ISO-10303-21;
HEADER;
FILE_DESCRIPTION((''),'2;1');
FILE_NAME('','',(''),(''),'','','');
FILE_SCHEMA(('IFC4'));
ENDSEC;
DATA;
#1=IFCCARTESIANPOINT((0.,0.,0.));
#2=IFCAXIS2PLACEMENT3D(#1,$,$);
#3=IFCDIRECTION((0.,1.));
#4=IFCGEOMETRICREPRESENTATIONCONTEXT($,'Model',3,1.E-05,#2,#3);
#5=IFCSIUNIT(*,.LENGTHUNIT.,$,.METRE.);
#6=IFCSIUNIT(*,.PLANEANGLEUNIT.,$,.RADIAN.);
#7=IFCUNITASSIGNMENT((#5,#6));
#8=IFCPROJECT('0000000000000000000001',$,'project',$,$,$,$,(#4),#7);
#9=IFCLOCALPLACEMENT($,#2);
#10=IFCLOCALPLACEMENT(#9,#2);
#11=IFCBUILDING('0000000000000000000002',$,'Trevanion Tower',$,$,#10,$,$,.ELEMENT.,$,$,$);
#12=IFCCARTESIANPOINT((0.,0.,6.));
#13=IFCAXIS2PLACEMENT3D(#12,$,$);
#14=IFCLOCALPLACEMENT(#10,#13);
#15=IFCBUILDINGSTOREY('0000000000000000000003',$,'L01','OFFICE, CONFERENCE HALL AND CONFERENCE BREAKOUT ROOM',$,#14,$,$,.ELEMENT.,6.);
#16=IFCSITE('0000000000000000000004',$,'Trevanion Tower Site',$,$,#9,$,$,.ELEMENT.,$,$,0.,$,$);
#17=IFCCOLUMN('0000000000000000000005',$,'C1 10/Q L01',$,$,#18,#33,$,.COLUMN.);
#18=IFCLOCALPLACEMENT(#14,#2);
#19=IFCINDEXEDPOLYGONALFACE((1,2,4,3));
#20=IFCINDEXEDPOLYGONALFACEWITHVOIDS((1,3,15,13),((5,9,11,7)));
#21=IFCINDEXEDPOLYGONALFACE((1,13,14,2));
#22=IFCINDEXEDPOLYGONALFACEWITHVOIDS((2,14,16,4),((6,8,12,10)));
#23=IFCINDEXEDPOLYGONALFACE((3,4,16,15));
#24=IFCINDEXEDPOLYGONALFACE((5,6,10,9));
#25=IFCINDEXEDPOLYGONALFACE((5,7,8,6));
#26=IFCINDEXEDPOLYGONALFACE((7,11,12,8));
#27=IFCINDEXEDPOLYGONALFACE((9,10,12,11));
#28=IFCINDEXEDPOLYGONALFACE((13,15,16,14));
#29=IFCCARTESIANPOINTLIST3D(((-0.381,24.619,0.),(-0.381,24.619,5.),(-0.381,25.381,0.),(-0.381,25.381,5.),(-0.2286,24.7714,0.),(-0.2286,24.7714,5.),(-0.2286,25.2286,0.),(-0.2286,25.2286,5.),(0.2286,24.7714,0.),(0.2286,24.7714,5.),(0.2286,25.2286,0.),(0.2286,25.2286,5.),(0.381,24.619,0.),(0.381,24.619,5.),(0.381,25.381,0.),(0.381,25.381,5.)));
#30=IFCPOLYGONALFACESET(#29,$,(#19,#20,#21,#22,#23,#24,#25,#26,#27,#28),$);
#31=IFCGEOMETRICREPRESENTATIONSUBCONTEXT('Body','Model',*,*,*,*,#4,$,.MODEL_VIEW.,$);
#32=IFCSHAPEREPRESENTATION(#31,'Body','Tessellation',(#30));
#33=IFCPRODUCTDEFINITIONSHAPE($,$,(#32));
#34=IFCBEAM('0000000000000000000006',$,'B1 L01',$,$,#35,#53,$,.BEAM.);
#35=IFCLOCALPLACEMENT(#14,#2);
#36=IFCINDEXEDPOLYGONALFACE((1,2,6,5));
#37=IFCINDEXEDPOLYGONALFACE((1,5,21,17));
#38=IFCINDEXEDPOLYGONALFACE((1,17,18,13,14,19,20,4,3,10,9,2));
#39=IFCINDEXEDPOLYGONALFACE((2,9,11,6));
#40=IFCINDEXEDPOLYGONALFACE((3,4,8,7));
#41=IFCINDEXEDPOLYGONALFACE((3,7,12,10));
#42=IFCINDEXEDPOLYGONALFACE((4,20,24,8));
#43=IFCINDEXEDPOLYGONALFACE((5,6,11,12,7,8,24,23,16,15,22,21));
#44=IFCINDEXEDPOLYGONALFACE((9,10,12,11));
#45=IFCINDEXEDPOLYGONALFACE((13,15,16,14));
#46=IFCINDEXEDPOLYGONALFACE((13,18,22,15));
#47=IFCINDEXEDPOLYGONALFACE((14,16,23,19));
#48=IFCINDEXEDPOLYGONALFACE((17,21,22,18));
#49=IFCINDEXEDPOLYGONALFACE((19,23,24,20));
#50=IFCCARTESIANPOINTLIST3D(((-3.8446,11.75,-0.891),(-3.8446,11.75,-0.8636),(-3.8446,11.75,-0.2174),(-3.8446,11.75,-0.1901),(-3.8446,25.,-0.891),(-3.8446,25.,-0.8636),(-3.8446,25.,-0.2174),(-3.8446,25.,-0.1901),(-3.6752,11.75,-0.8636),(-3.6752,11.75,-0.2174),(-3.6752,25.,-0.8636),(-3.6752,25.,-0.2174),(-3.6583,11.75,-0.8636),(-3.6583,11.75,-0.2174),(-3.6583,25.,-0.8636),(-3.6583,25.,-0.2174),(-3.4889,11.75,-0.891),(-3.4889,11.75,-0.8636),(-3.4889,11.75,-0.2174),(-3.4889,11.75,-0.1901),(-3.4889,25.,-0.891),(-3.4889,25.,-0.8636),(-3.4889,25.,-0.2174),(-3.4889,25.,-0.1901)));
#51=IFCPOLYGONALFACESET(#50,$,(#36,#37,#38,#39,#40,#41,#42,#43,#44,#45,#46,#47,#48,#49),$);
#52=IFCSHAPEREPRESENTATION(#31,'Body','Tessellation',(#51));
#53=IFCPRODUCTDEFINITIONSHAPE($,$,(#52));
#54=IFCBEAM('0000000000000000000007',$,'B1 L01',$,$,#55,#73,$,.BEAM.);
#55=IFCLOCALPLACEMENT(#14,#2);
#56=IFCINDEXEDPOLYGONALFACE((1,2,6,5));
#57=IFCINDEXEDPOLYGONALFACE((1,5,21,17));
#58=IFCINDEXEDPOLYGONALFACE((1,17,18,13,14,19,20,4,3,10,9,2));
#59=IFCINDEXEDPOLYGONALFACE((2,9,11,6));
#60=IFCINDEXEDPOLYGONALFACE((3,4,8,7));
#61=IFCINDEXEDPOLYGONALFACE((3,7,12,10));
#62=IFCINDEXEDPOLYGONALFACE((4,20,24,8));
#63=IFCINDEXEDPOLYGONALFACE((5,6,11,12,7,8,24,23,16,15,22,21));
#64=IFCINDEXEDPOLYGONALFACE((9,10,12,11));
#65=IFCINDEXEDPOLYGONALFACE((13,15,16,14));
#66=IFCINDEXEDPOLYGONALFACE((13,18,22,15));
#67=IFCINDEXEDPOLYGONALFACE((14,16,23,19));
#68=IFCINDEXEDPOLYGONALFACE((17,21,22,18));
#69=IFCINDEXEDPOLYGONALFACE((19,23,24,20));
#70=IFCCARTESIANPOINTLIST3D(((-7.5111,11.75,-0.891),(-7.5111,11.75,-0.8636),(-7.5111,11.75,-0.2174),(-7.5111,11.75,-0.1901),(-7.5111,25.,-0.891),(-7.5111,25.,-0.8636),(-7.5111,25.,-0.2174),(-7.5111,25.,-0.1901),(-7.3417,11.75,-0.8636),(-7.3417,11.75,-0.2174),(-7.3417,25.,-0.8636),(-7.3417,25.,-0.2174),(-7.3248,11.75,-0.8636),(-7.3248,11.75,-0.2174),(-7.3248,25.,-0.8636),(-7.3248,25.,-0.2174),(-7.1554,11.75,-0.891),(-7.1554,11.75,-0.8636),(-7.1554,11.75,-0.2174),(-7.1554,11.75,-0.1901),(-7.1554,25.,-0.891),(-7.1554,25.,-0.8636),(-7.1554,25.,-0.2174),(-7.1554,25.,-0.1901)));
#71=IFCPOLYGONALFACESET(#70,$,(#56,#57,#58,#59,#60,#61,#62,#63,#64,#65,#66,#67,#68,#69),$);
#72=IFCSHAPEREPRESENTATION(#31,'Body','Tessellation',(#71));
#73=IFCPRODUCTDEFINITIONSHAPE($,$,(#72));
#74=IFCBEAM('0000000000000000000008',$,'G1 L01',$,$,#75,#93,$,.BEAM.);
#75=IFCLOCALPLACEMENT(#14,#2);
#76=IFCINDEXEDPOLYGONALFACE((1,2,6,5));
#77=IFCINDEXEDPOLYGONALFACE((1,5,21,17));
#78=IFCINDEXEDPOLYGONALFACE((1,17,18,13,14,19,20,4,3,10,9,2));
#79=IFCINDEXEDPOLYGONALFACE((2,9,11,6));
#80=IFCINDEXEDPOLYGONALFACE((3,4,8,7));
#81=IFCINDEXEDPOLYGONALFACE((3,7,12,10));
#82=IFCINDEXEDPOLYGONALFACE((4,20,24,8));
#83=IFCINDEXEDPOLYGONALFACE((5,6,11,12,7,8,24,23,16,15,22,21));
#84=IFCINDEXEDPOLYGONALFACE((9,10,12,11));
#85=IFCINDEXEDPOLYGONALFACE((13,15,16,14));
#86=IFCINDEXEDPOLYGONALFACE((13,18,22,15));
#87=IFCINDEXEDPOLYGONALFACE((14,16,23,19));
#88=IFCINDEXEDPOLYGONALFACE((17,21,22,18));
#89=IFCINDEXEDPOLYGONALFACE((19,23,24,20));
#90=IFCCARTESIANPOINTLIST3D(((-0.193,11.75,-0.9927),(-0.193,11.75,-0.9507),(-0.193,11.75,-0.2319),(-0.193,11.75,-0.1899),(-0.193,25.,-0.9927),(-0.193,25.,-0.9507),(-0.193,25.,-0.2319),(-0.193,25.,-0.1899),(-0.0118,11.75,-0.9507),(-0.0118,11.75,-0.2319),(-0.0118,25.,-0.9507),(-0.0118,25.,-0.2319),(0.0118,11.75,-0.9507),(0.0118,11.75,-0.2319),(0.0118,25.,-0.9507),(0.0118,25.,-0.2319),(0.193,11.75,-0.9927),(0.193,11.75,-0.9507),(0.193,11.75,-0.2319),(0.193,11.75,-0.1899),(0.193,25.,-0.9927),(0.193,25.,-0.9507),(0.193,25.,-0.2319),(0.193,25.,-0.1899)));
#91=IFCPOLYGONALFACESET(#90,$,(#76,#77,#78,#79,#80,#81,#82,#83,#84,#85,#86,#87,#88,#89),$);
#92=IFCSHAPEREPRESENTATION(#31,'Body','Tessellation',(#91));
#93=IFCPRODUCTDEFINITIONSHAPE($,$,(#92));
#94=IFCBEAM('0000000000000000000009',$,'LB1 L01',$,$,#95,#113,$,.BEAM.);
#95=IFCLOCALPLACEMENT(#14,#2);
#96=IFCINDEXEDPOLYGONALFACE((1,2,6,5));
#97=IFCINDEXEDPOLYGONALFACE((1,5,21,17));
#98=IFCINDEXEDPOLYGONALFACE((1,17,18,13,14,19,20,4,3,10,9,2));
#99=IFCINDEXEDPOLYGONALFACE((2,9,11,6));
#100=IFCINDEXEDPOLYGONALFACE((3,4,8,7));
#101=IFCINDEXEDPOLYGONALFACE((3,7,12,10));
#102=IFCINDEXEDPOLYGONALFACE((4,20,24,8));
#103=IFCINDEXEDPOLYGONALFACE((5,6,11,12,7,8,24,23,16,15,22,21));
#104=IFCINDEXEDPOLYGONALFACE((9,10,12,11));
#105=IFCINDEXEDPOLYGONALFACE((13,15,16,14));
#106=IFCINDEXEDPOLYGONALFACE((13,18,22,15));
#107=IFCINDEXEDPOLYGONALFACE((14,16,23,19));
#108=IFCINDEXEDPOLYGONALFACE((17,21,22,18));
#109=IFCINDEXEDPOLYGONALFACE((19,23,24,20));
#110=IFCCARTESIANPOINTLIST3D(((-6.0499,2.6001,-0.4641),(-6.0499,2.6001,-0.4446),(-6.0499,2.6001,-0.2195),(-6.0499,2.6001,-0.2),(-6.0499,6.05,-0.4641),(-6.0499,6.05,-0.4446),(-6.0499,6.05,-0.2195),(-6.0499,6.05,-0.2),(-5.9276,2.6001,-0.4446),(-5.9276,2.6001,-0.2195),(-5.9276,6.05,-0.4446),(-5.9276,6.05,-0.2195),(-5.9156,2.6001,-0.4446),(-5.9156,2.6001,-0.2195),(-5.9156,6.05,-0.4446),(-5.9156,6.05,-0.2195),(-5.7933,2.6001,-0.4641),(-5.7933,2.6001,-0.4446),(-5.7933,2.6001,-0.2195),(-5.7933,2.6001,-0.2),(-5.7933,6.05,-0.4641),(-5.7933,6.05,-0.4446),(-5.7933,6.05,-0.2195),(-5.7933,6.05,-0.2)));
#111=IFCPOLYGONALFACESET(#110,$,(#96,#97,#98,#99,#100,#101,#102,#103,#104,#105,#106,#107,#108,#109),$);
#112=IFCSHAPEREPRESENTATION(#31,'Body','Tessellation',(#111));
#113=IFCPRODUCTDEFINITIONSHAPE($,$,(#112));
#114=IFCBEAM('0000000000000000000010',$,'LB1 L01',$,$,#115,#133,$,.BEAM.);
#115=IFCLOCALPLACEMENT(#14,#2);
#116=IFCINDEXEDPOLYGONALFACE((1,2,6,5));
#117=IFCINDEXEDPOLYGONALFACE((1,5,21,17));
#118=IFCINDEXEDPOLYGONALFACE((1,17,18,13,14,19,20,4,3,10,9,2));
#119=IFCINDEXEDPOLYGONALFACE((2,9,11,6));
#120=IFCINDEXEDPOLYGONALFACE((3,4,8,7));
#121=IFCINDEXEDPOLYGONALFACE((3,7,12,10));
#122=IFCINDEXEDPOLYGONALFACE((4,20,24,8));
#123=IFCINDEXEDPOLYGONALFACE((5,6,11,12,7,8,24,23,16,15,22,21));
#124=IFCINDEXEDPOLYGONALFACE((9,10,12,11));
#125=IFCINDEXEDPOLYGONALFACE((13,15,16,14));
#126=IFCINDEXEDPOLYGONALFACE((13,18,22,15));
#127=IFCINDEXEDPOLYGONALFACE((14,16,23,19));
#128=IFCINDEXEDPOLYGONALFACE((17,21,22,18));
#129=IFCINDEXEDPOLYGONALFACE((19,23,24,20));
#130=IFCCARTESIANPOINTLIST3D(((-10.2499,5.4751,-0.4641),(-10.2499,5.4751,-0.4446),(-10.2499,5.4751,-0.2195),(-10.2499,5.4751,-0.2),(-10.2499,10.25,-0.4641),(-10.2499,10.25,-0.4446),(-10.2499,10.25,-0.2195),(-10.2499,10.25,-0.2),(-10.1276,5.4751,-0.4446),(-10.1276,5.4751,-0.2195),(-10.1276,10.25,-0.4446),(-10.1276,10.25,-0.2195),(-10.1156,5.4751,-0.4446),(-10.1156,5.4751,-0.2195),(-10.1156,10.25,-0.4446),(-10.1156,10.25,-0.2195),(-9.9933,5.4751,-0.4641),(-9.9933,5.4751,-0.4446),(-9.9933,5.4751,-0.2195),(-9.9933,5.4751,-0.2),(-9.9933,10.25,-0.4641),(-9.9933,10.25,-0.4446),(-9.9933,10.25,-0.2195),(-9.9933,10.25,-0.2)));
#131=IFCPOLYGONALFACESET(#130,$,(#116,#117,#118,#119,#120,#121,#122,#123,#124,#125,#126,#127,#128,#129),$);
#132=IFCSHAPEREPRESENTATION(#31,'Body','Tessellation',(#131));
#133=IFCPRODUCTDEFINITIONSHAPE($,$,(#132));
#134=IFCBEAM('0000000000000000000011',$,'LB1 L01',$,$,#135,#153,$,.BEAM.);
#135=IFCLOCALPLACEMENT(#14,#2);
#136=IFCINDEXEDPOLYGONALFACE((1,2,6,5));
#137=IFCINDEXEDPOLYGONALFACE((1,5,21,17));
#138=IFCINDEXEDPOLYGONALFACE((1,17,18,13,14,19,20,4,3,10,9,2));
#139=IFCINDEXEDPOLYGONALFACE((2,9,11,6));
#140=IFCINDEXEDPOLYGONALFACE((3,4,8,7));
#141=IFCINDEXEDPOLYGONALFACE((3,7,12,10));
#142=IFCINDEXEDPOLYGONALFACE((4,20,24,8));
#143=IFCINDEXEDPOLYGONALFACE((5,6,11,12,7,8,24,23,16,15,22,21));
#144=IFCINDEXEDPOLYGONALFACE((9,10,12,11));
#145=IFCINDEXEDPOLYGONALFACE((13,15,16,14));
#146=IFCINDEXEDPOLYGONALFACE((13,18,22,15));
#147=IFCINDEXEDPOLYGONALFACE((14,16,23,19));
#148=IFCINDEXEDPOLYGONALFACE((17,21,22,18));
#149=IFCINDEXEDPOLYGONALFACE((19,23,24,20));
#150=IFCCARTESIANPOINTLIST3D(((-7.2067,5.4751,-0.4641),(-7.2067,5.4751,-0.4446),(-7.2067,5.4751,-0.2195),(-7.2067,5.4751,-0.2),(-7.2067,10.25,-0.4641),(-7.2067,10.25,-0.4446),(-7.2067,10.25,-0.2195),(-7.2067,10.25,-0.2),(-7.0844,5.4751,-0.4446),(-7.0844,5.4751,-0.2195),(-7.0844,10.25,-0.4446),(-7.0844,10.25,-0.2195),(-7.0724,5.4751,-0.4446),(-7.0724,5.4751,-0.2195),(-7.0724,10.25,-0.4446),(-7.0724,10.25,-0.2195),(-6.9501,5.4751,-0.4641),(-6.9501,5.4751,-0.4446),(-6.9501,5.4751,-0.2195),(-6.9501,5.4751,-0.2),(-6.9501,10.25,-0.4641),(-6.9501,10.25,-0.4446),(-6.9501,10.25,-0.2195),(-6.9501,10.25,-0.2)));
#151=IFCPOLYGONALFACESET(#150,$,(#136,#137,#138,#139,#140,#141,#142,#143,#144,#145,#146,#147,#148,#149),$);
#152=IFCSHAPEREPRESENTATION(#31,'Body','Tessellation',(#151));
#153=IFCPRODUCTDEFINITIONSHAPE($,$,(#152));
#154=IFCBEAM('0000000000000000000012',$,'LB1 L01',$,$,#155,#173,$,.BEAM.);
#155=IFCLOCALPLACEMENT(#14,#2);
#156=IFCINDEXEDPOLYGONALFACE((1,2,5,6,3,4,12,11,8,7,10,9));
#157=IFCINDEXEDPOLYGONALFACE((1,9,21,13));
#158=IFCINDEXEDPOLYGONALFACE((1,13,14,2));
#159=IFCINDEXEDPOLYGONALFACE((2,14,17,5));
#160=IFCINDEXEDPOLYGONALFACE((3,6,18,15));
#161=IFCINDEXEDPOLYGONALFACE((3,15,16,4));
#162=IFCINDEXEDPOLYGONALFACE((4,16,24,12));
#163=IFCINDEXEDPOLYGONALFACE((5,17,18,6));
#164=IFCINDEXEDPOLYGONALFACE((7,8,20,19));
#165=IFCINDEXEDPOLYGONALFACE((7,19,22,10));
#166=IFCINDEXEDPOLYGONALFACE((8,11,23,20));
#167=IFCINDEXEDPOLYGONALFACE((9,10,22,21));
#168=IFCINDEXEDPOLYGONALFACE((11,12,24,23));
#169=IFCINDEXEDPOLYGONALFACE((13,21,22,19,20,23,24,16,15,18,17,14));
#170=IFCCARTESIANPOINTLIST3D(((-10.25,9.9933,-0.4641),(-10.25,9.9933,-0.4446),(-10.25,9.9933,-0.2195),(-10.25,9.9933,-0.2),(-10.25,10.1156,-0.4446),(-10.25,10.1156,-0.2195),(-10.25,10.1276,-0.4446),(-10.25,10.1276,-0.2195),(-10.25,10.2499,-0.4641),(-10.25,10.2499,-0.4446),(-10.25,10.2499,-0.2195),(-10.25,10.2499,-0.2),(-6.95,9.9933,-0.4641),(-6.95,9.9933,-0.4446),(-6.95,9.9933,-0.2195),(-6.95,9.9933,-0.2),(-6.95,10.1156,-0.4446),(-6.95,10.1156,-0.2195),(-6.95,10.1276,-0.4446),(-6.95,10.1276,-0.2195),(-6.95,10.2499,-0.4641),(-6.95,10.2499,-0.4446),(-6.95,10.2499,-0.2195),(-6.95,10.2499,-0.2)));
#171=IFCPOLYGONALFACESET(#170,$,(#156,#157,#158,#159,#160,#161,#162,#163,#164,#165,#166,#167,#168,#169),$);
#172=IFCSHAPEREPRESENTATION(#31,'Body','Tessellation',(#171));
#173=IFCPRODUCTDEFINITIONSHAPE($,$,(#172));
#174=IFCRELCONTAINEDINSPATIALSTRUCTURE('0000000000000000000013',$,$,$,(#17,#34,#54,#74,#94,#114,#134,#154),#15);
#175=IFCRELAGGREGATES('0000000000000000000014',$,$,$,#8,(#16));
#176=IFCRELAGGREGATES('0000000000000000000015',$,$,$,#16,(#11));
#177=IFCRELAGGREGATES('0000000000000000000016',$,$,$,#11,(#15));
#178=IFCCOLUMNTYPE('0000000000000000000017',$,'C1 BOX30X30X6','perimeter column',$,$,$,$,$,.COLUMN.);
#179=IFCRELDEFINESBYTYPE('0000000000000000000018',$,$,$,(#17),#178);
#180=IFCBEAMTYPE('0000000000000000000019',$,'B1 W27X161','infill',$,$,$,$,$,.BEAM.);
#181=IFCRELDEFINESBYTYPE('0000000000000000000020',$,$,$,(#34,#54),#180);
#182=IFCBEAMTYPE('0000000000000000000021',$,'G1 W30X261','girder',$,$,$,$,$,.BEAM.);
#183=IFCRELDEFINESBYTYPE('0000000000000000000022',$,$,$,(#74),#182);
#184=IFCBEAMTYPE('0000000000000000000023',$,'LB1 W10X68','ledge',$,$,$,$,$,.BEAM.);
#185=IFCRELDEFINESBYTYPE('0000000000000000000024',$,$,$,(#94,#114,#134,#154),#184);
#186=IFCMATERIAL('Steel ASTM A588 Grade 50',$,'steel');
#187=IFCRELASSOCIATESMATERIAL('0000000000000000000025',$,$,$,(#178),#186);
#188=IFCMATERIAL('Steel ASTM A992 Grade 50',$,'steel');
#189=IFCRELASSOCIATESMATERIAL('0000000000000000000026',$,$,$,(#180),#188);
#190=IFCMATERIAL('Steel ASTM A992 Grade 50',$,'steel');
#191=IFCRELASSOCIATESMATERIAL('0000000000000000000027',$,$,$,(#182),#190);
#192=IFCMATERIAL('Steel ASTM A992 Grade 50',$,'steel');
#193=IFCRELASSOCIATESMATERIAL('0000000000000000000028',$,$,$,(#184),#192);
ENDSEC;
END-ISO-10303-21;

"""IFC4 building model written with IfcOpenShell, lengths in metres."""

from ifc_helpers import new_model, si_unit, direction, frame, origin, origin_2d, place, context, subcontext, project, spatial, hollow_rectangle, i_section, extrude, material, material_profile, profile_set, type_object, element, save


model = new_model("IFC4")

# Units and contexts
model_context = context("Model", 3, precision=1e-05, world=origin(), true_north=direction((0.0, 1.0)))
body_context = subcontext(model_context, "Body", "Model", "MODEL_VIEW")
ifc_project = project(units=[si_unit("LENGTHUNIT", "METRE"), si_unit("PLANEANGLEUNIT", "RADIAN")], contexts=[model_context])

# Site, building, storey
site_placement = place(None, origin())
site = spatial("IfcSite", under=ifc_project, at=site_placement, Name="Trevanion Tower Site", CompositionType="ELEMENT", RefElevation=0.0)
building_placement = place(site_placement, origin())
building = spatial("IfcBuilding", under=site, at=building_placement, Name="Trevanion Tower", CompositionType="ELEMENT")
storey_placement = place(building_placement, frame((0.0, 0.0, 6.0)))
storey = spatial("IfcBuildingStorey", under=building, at=storey_placement, Name="L01", Description="OFFICE, CONFERENCE HALL AND CONFERENCE BREAKOUT ROOM", CompositionType="ELEMENT", Elevation=6.0)

# Column
ifc_material_1 = material(Name="Steel ASTM A588 Grade 50", Category="steel")
ifc_material_profile_1 = material_profile(ifc_material_1, hollow_rectangle(XDim=0.762, YDim=0.762, WallThickness=0.1523, at=origin_2d()), Name="BOX30X30X6")
ifc_profile_set_1 = profile_set([ifc_material_profile_1], Name="Steel ASTM A588 Grade 50")
column_type = type_object("IfcColumnType", Name="C1 BOX30X30X6", Description="perimeter column", PredefinedType="COLUMN", material=ifc_profile_set_1)
column_placement = place(storey_placement, frame((0.0, 25.0, 0.0), z_axis=(0.0, 0.0, 1.0), x_axis=(1.0, 0.0, 0.0)))
element("IfcColumn", 1, at=column_placement, inside=storey, type_object=column_type, Name="C1 10/Q L01", PredefinedType="COLUMN", context=body_context, shape_type="SweptSolid", body=[
    extrude(hollow_rectangle(XDim=0.762, YDim=0.762, WallThickness=0.1523, at=origin_2d()), origin(), (0.0, 0.0, 1.0), 5.0),
])

# Beams
ifc_material_2 = material(Name="Steel ASTM A992 Grade 50", Category="steel")
ifc_material_profile_2 = material_profile(ifc_material_2, i_section(OverallWidth=0.3557, OverallDepth=0.7009, WebThickness=0.0168, FlangeThickness=0.0273, at=origin_2d()), Name="W27X161")
ifc_profile_set_2 = profile_set([ifc_material_profile_2], Name="Steel ASTM A992 Grade 50")
beam_type_1 = type_object("IfcBeamType", Name="B1 W27X161", Description="infill", PredefinedType="BEAM", material=ifc_profile_set_2)
for number, where, z_axis, x_axis, name in (
    (2, (-3.6667, 11.75, -0.5405), (0.0, 1.0, 0.0), (-1.0, 0.0, 0.0), "B1 L01"),
    (3, (-7.3333, 11.75, -0.5405), (0.0, 1.0, 0.0), (-1.0, 0.0, 0.0), "B1 L01"),
):
    element("IfcBeam", number, at=place(storey_placement, frame(where, z_axis=z_axis, x_axis=x_axis)), inside=storey, type_object=beam_type_1, Name=name, PredefinedType="BEAM", context=body_context, shape_type="SweptSolid", body=[
        extrude(i_section(OverallWidth=0.3557, OverallDepth=0.7009, WebThickness=0.0168, FlangeThickness=0.0273, at=origin_2d()), origin(), (0.0, 0.0, 1.0), 13.25),
    ])
ifc_material_3 = material(Name="Steel ASTM A992 Grade 50", Category="steel")
ifc_material_profile_3 = material_profile(ifc_material_3, i_section(OverallWidth=0.386, OverallDepth=0.8027, WebThickness=0.0237, FlangeThickness=0.042, at=origin_2d()), Name="W30X261")
ifc_profile_set_3 = profile_set([ifc_material_profile_3], Name="Steel ASTM A992 Grade 50")
beam_type_2 = type_object("IfcBeamType", Name="G1 W30X261", Description="girder", PredefinedType="BEAM", material=ifc_profile_set_3)
beam_1_placement = place(storey_placement, frame((0.0, 11.75, -0.5913), z_axis=(0.0, 1.0, 0.0), x_axis=(-1.0, 0.0, 0.0)))
element("IfcBeam", 4, at=beam_1_placement, inside=storey, type_object=beam_type_2, Name="G1 L01", PredefinedType="BEAM", context=body_context, shape_type="SweptSolid", body=[
    extrude(i_section(OverallWidth=0.386, OverallDepth=0.8027, WebThickness=0.0237, FlangeThickness=0.042, at=origin_2d()), origin(), (0.0, 0.0, 1.0), 13.25),
])
ifc_material_4 = material(Name="Steel ASTM A992 Grade 50", Category="steel")
ifc_material_profile_4 = material_profile(ifc_material_4, i_section(OverallWidth=0.2566, OverallDepth=0.2642, WebThickness=0.012, FlangeThickness=0.0195, at=origin_2d()), Name="W10X68")
ifc_profile_set_4 = profile_set([ifc_material_profile_4], Name="Steel ASTM A992 Grade 50")
beam_type_3 = type_object("IfcBeamType", Name="LB1 W10X68", Description="ledge", PredefinedType="BEAM", material=ifc_profile_set_4)
beam_2_placement = place(storey_placement, frame((-5.9216, 2.6001, -0.332), z_axis=(0.0, 1.0, 0.0), x_axis=(-1.0, 0.0, 0.0)))
element("IfcBeam", 5, at=beam_2_placement, inside=storey, type_object=beam_type_3, Name="LB1 L01", PredefinedType="BEAM", context=body_context, shape_type="SweptSolid", body=[
    extrude(i_section(OverallWidth=0.2566, OverallDepth=0.2642, WebThickness=0.012, FlangeThickness=0.0195, at=origin_2d()), origin(), (0.0, 0.0, 1.0), 3.45),
])
for number, where, z_axis, x_axis, name in (
    (6, (-10.1216, 5.4751, -0.332), (0.0, 1.0, 0.0), (-1.0, 0.0, 0.0), "LB1 L01"),
    (7, (-7.0784, 5.4751, -0.332), (0.0, 1.0, 0.0), (-1.0, 0.0, 0.0), "LB1 L01"),
):
    element("IfcBeam", number, at=place(storey_placement, frame(where, z_axis=z_axis, x_axis=x_axis)), inside=storey, type_object=beam_type_3, Name=name, PredefinedType="BEAM", context=body_context, shape_type="SweptSolid", body=[
        extrude(i_section(OverallWidth=0.2566, OverallDepth=0.2642, WebThickness=0.012, FlangeThickness=0.0195, at=origin_2d()), origin(), (0.0, 0.0, 1.0), 4.7749),
    ])
beam_3_placement = place(storey_placement, frame((-10.25, 10.1216, -0.332), z_axis=(1.0, 0.0, 0.0), x_axis=(0.0, 1.0, 0.0)))
element("IfcBeam", 8, at=beam_3_placement, inside=storey, type_object=beam_type_3, Name="LB1 L01", PredefinedType="BEAM", context=body_context, shape_type="SweptSolid", body=[
    extrude(i_section(OverallWidth=0.2566, OverallDepth=0.2642, WebThickness=0.012, FlangeThickness=0.0195, at=origin_2d()), origin(), (0.0, 0.0, 1.0), 3.3),
])

save(model, "model.ifc")
